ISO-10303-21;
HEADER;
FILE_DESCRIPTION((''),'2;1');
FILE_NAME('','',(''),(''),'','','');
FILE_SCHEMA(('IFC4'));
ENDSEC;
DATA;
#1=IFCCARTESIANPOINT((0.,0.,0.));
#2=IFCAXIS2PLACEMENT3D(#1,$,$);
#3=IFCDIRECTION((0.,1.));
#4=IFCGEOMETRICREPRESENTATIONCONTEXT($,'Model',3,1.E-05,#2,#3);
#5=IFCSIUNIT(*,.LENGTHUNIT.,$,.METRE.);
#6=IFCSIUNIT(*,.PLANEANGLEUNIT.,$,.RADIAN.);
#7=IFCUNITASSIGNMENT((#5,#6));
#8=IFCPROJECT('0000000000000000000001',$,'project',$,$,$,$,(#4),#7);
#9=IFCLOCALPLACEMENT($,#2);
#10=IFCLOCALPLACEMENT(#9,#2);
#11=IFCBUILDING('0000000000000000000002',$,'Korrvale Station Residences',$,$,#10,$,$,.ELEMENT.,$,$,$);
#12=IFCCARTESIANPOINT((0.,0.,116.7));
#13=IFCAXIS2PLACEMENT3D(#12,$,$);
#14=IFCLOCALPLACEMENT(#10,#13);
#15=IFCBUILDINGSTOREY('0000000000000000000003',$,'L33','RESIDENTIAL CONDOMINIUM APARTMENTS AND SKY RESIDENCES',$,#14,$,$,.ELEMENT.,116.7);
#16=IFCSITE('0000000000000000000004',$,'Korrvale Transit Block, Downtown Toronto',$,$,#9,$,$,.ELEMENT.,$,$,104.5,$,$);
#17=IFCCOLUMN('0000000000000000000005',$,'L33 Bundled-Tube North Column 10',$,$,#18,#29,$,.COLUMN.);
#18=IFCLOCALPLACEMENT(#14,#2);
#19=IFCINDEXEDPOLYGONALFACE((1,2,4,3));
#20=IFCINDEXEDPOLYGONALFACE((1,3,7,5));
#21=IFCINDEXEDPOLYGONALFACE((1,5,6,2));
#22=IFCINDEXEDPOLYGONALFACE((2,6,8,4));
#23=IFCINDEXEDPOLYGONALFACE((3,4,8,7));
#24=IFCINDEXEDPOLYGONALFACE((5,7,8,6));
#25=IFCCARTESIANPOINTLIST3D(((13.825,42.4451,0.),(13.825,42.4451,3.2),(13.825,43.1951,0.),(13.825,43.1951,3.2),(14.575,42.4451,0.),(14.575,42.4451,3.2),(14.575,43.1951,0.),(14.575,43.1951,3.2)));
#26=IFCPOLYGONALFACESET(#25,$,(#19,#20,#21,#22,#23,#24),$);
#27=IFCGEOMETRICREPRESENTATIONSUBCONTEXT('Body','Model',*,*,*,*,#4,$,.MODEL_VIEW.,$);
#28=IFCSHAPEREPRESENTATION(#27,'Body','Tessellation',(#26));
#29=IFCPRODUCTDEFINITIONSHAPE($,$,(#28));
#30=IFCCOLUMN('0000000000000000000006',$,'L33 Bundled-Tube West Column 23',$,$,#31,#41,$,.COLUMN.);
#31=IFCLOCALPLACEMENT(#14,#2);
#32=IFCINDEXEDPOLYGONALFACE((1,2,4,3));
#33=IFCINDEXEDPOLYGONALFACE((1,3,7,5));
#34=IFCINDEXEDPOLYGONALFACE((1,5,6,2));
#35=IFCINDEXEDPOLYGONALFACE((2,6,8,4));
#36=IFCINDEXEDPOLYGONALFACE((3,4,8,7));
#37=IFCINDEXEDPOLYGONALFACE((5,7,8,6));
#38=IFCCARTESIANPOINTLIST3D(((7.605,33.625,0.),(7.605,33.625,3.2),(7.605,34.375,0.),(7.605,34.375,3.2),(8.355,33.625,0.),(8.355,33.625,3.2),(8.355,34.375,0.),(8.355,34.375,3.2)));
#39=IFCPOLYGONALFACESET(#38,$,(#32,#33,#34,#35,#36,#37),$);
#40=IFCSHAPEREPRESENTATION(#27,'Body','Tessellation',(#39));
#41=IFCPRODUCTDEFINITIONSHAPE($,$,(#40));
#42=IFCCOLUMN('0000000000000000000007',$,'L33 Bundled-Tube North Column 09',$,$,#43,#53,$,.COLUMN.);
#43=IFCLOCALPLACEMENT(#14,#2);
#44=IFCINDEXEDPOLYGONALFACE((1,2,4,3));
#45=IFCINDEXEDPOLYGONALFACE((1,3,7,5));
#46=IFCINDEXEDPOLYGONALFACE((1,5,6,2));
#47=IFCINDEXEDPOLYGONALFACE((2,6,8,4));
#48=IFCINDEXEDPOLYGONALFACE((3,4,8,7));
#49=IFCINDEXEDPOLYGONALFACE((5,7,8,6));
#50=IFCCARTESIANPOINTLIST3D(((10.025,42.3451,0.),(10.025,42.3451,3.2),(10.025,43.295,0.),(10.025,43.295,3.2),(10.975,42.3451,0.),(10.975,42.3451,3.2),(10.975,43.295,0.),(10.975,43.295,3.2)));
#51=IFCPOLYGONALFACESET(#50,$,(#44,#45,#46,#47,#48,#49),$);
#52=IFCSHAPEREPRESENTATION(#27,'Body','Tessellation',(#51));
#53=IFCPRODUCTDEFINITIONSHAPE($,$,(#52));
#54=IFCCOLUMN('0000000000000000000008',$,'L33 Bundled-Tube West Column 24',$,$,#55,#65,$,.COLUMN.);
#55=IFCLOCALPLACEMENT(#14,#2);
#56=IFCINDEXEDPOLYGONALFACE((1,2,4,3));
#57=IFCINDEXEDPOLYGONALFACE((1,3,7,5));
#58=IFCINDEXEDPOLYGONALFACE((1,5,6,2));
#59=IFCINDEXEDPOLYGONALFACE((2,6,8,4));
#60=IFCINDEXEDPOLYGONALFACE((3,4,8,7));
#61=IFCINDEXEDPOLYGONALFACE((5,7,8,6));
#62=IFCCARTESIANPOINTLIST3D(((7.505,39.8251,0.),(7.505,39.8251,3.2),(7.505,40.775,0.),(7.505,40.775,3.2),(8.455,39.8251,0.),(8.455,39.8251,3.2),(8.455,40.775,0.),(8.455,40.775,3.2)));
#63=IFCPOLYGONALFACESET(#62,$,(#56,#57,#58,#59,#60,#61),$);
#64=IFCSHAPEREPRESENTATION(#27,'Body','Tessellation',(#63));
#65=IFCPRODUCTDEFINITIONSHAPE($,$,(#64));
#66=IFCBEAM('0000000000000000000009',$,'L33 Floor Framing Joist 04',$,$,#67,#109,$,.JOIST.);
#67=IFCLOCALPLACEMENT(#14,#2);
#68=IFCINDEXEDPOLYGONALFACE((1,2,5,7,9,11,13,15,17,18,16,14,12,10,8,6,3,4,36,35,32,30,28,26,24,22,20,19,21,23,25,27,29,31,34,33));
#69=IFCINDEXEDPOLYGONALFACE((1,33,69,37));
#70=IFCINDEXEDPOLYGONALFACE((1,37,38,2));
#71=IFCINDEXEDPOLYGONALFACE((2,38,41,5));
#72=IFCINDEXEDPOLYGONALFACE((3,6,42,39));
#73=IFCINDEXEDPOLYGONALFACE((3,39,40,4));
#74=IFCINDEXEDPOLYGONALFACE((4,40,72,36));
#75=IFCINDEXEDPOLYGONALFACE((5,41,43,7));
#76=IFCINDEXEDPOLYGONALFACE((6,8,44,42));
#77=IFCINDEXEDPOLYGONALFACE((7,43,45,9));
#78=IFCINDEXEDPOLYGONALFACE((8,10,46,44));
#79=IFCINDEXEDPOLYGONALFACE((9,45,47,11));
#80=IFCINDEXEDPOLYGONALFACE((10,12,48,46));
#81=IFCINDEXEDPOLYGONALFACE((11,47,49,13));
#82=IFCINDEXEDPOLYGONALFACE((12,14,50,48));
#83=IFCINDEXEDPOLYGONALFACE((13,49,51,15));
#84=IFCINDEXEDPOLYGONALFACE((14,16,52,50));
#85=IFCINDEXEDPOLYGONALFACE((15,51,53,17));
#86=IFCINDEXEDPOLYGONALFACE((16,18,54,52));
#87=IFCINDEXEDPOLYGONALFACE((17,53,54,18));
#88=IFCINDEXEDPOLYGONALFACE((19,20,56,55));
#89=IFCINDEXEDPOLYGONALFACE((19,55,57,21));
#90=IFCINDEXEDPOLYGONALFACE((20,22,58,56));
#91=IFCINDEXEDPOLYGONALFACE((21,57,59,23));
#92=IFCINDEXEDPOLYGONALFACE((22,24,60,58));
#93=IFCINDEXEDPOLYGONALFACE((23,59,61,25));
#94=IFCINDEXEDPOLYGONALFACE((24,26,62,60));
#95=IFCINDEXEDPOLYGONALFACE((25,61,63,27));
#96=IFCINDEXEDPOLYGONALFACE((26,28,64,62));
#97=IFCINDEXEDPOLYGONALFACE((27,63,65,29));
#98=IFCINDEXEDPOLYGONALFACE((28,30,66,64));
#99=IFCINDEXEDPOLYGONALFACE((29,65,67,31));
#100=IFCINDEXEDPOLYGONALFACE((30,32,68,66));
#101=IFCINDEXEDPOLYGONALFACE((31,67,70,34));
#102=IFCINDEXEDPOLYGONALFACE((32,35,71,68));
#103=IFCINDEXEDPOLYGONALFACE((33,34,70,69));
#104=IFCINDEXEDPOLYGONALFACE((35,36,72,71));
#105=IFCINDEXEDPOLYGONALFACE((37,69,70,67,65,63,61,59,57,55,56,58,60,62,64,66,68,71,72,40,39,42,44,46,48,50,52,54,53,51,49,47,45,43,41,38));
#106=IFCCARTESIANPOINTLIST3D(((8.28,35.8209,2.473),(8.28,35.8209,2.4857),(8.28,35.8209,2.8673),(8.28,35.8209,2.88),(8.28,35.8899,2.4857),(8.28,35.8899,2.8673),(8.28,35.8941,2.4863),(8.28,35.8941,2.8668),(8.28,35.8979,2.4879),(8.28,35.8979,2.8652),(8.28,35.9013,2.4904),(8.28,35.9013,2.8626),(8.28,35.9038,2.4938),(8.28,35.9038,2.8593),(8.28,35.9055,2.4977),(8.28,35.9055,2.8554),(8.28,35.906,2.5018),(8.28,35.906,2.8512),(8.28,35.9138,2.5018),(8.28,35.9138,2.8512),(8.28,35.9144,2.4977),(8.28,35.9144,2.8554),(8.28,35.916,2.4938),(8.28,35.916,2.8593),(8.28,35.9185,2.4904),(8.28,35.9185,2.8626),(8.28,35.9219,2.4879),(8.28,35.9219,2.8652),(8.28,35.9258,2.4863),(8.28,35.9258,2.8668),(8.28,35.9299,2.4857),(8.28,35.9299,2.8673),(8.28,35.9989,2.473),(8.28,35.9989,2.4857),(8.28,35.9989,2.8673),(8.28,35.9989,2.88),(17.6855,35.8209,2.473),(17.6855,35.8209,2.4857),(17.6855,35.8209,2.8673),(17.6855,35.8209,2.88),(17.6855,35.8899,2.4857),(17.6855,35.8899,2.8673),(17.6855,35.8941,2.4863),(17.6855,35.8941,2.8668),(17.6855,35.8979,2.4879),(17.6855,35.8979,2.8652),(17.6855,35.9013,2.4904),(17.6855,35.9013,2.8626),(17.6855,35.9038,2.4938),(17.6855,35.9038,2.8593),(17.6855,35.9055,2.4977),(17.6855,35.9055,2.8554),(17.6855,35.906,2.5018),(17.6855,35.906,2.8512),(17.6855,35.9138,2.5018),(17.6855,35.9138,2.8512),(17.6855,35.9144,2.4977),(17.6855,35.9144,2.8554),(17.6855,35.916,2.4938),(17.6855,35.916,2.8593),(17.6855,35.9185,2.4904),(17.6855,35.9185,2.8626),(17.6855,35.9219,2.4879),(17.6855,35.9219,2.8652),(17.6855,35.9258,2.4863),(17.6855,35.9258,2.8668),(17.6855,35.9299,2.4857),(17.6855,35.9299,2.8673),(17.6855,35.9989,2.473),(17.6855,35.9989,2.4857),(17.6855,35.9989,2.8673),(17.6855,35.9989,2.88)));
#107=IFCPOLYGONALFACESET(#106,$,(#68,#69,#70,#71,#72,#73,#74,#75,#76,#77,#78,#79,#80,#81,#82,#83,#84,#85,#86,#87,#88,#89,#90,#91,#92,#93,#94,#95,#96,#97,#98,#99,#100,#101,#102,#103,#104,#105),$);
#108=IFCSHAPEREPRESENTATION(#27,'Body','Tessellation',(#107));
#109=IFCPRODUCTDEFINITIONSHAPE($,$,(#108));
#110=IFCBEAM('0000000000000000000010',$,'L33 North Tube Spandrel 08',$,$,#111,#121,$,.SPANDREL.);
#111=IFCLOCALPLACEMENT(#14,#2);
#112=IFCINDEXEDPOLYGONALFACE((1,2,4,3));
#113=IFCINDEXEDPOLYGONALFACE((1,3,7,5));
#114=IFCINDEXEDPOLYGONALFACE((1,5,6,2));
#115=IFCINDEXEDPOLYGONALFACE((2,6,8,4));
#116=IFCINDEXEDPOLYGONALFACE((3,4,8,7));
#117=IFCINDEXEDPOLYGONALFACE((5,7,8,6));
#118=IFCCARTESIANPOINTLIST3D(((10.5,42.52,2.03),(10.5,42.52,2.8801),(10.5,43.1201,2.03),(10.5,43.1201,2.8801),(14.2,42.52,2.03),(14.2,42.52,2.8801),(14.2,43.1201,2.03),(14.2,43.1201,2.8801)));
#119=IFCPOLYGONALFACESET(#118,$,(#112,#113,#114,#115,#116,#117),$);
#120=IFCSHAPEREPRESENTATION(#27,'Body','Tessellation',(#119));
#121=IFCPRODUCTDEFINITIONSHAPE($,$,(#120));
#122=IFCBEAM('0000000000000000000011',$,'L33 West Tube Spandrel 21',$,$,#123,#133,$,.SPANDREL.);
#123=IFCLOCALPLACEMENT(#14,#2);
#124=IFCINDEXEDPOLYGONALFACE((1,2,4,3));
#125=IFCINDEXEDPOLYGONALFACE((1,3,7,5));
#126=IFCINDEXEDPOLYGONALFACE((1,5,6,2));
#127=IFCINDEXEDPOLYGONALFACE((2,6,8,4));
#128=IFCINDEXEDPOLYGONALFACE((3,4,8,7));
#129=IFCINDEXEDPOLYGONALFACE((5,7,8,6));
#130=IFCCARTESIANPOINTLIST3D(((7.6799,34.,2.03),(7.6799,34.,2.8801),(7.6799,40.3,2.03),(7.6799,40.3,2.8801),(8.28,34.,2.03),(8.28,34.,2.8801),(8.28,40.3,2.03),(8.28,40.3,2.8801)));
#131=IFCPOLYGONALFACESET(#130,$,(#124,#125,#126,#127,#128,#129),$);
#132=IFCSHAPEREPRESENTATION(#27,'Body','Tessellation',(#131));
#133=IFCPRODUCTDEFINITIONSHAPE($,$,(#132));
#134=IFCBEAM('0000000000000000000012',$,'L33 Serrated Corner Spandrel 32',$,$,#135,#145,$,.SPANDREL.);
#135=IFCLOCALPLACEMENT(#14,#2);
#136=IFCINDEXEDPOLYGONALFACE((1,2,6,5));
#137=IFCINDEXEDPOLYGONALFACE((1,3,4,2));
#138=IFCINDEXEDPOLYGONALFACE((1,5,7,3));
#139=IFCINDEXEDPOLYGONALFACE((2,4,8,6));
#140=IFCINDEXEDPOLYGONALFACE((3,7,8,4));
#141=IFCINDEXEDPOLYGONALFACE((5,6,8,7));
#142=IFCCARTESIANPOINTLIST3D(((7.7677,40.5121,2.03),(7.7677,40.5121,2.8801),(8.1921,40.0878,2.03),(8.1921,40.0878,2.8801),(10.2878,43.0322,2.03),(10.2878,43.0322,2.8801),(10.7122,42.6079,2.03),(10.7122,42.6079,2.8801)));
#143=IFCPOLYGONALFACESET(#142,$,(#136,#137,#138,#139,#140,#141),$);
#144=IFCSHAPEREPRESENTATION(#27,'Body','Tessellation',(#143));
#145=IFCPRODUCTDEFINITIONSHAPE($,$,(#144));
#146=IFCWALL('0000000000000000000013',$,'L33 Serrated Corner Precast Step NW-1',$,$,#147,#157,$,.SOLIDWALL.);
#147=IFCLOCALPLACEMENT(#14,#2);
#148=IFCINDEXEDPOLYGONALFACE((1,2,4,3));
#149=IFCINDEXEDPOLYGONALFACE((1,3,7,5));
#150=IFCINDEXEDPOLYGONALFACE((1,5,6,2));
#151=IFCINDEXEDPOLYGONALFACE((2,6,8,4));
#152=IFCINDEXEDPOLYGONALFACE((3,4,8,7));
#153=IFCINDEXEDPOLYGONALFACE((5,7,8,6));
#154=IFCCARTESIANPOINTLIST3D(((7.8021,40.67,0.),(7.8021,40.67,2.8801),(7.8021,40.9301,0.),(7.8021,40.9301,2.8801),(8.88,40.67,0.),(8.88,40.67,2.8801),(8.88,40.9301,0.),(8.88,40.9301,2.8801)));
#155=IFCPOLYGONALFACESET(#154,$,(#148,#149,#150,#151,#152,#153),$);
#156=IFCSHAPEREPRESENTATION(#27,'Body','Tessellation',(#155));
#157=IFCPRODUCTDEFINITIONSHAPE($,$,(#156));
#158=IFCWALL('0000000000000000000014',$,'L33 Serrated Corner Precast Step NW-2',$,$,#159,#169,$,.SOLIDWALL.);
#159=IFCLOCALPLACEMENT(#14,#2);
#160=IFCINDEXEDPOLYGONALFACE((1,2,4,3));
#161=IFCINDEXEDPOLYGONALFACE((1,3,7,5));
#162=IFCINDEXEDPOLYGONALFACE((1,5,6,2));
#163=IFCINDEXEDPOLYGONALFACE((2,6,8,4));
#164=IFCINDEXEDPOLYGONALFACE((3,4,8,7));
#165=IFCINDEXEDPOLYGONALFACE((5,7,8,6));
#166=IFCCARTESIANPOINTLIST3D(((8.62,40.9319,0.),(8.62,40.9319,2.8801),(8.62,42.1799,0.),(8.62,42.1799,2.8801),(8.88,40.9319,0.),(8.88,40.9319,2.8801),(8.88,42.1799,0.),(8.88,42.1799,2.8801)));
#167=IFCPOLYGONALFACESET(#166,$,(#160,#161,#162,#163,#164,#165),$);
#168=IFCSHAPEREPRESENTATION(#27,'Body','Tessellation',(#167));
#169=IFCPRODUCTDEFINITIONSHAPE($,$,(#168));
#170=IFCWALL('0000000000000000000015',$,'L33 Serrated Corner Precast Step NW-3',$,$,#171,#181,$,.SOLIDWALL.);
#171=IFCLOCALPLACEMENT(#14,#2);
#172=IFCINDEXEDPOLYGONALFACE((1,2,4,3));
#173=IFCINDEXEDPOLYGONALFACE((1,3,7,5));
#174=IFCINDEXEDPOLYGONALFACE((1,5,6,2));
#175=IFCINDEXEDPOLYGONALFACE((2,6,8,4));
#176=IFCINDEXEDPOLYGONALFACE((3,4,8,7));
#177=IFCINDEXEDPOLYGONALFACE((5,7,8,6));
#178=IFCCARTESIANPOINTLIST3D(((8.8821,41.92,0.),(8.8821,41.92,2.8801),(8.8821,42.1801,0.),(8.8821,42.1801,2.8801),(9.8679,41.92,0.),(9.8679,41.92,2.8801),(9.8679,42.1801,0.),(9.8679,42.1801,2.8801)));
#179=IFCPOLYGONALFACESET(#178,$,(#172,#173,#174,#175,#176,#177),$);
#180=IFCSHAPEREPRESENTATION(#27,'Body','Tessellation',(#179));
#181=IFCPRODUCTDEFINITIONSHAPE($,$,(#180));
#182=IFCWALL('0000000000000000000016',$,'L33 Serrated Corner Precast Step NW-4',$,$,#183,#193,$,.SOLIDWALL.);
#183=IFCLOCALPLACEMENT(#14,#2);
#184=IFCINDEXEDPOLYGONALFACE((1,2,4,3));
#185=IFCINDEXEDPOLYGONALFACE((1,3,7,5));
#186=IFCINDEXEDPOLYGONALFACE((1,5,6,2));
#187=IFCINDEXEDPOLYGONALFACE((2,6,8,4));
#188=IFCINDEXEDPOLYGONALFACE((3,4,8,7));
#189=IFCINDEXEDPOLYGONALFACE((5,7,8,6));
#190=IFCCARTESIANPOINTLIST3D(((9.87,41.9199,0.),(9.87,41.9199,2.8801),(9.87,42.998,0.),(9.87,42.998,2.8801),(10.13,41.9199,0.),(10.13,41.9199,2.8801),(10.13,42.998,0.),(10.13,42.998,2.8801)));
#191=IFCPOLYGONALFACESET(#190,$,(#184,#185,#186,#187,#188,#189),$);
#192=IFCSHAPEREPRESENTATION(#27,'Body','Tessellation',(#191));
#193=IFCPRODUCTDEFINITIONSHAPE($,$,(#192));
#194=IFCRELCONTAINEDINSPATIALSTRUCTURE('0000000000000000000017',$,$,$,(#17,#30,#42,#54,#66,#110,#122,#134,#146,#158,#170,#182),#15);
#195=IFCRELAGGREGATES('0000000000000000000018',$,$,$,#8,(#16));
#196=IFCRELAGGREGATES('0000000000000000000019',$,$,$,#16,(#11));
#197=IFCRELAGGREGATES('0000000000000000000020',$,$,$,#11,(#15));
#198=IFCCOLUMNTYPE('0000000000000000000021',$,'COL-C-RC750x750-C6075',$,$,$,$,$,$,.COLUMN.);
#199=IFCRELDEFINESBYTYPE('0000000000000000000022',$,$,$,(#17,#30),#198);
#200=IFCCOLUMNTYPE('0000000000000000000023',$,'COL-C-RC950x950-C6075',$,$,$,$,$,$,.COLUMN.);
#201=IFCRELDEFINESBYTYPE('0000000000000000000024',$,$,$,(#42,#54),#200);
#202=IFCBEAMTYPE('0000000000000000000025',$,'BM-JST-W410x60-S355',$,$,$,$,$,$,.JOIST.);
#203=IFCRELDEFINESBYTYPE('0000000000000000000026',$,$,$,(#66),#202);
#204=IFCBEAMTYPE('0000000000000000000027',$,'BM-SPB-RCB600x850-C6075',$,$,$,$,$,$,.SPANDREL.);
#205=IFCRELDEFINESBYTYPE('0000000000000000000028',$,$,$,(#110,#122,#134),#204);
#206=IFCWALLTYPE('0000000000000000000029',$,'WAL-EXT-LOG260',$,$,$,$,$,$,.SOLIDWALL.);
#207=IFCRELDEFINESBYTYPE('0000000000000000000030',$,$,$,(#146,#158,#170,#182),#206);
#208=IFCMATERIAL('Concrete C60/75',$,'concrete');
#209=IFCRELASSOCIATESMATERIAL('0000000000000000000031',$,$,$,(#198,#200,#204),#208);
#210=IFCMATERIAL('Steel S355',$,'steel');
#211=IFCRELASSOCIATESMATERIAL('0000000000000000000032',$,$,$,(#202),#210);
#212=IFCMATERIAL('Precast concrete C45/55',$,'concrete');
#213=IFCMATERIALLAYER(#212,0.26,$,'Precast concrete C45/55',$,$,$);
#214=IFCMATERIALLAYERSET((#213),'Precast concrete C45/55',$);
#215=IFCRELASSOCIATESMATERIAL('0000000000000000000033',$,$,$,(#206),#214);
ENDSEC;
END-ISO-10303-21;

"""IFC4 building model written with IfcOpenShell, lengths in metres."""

from ifc_helpers import new_model, si_unit, direction, frame, frame_2d, origin, origin_2d, place, context, subcontext, project, spatial, rectangle, i_section, extrude, material, layer, layer_set, material_profile, profile_set, type_object, element, save


model = new_model("IFC4")

# Units and contexts
model_context = context("Model", 3, precision=1e-05, world=origin(), true_north=direction((0.0, 1.0)))
body_context = subcontext(model_context, "Body", "Model", "MODEL_VIEW")
ifc_project = project(units=[si_unit("LENGTHUNIT", "METRE"), si_unit("PLANEANGLEUNIT", "RADIAN")], contexts=[model_context])

# Site, building, storey
site_placement = place(None, origin())
site = spatial("IfcSite", under=ifc_project, at=site_placement, Name="Korrvale Transit Block, Downtown Toronto", CompositionType="ELEMENT", RefElevation=104.5)
building_placement = place(site_placement, origin())
building = spatial("IfcBuilding", under=site, at=building_placement, Name="Korrvale Station Residences", CompositionType="ELEMENT")
storey_placement = place(building_placement, frame((0.0, 0.0, 116.7)))
storey = spatial("IfcBuildingStorey", under=building, at=storey_placement, Name="L33", Description="RESIDENTIAL CONDOMINIUM APARTMENTS AND SKY RESIDENCES", CompositionType="ELEMENT", Elevation=116.7)

# Columns
ifc_material_1 = material(Name="Concrete C60/75", Category="concrete")
ifc_material_profile_1 = material_profile(ifc_material_1, rectangle(XDim=0.75, YDim=0.75, at=origin_2d()), Name="RC750x750")
ifc_profile_set_1 = profile_set([ifc_material_profile_1], Name="Concrete C60/75")
column_type_1 = type_object("IfcColumnType", Name="COL-C-RC750x750-C6075", PredefinedType="COLUMN", material=ifc_profile_set_1)
for number, where, z_axis, x_axis, name in (
    (1, (14.2, 42.8201, 0.0), (0.0, 0.0, 1.0), (1.0, 0.0, 0.0), "L33 Bundled-Tube North Column 10"),
    (2, (7.98, 34.0, 0.0), (0.0, 0.0, 1.0), (1.0, 0.0, 0.0), "L33 Bundled-Tube West Column 23"),
):
    element("IfcColumn", number, at=place(storey_placement, frame(where, z_axis=z_axis, x_axis=x_axis)), inside=storey, type_object=column_type_1, Name=name, PredefinedType="COLUMN", context=body_context, shape_type="SweptSolid", body=[
        extrude(rectangle(XDim=0.75, YDim=0.75, at=origin_2d()), origin(), (0.0, 0.0, 1.0), 3.2),
    ])
ifc_material_profile_2 = material_profile(ifc_material_1, rectangle(XDim=0.95, YDim=0.95, at=origin_2d()), Name="RC950x950")
ifc_profile_set_2 = profile_set([ifc_material_profile_2], Name="Concrete C60/75")
column_type_2 = type_object("IfcColumnType", Name="COL-C-RC950x950-C6075", PredefinedType="COLUMN", material=ifc_profile_set_2)
for number, where, z_axis, x_axis, name in (
    (3, (10.5, 42.8201, 0.0), (0.0, 0.0, 1.0), (1.0, 0.0, 0.0), "L33 Bundled-Tube North Column 09"),
    (4, (7.98, 40.3, 0.0), (0.0, 0.0, 1.0), (1.0, 0.0, 0.0), "L33 Bundled-Tube West Column 24"),
):
    element("IfcColumn", number, at=place(storey_placement, frame(where, z_axis=z_axis, x_axis=x_axis)), inside=storey, type_object=column_type_2, Name=name, PredefinedType="COLUMN", context=body_context, shape_type="SweptSolid", body=[
        extrude(rectangle(XDim=0.95, YDim=0.95, at=origin_2d()), origin(), (0.0, 0.0, 1.0), 3.2),
    ])

# Beams
ifc_material_2 = material(Name="Steel S355", Category="steel")
ifc_material_profile_3 = material_profile(ifc_material_2, i_section(OverallWidth=0.178, OverallDepth=0.407, WebThickness=0.0078, FlangeThickness=0.0127, FilletRadius=0.0161, at=origin_2d()), Name="W410x60")
ifc_profile_set_3 = profile_set([ifc_material_profile_3], Name="Steel S355")
beam_type_1 = type_object("IfcBeamType", Name="BM-JST-W410x60-S355", PredefinedType="JOIST", material=ifc_profile_set_3)
beam_1_placement = place(storey_placement, frame((8.28, 35.9099, 2.6765), z_axis=(1.0, 0.0, 0.0), x_axis=(0.0, 1.0, 0.0)))
element("IfcBeam", 5, at=beam_1_placement, inside=storey, type_object=beam_type_1, Name="L33 Floor Framing Joist 04", PredefinedType="JOIST", context=body_context, shape_type="SweptSolid", body=[
    extrude(i_section(OverallWidth=0.178, OverallDepth=0.407, WebThickness=0.0078, FlangeThickness=0.0127, FilletRadius=0.0161, at=origin_2d()), origin(), (0.0, 0.0, 1.0), 9.4055),
])
ifc_material_profile_4 = material_profile(ifc_material_1, rectangle(XDim=0.6001, YDim=0.8501, at=origin_2d()), Name="RCB600x850")
ifc_profile_set_4 = profile_set([ifc_material_profile_4], Name="Concrete C60/75")
beam_type_2 = type_object("IfcBeamType", Name="BM-SPB-RCB600x850-C6075", PredefinedType="SPANDREL", material=ifc_profile_set_4)
beam_2_placement = place(storey_placement, frame((10.5, 42.8201, 2.4551), z_axis=(1.0, 0.0, 0.0), x_axis=(0.0, 1.0, 0.0)))
element("IfcBeam", 6, at=beam_2_placement, inside=storey, type_object=beam_type_2, Name="L33 North Tube Spandrel 08", PredefinedType="SPANDREL", context=body_context, shape_type="SweptSolid", body=[
    extrude(rectangle(XDim=0.6001, YDim=0.8501, at=origin_2d()), origin(), (0.0, 0.0, 1.0), 3.7),
])
beam_3_placement = place(storey_placement, frame((7.98, 34.0, 2.4551), z_axis=(0.0, 1.0, 0.0), x_axis=(-1.0, 0.0, 0.0)))
element("IfcBeam", 7, at=beam_3_placement, inside=storey, type_object=beam_type_2, Name="L33 West Tube Spandrel 21", PredefinedType="SPANDREL", context=body_context, shape_type="SweptSolid", body=[
    extrude(rectangle(XDim=0.6001, YDim=0.8501, at=origin_2d()), origin(), (0.0, 0.0, 1.0), 6.3),
])
beam_4_placement = place(storey_placement, frame((10.5, 42.8201, 2.4551), z_axis=(-0.707107, -0.707107, 0.0), x_axis=(0.707107, -0.707107, 0.0)))
element("IfcBeam", 8, at=beam_4_placement, inside=storey, type_object=beam_type_2, Name="L33 Serrated Corner Spandrel 32", PredefinedType="SPANDREL", context=body_context, shape_type="SweptSolid", body=[
    extrude(rectangle(XDim=0.6001, YDim=0.8501, at=origin_2d()), origin(), (0.0, 0.0, 1.0), 3.564),
])

# Walls
ifc_material_3 = material(Name="Precast concrete C45/55", Category="concrete")
ifc_layer_1 = layer(ifc_material_3, 0.26, Name="Precast concrete C45/55")
ifc_layer_set_1 = layer_set([ifc_layer_1], Name="Precast concrete C45/55")
wall_type_1 = type_object("IfcWallType", Name="WAL-EXT-LOG260", PredefinedType="SOLIDWALL", material=ifc_layer_set_1)
wall_1_placement = place(storey_placement, frame((7.802, 40.8, 0.0), z_axis=(0.0, 0.0, 1.0), x_axis=(1.0, 0.0, 0.0)))
element("IfcWall", 9, at=wall_1_placement, inside=storey, type_object=wall_type_1, Name="L33 Serrated Corner Precast Step NW-1", PredefinedType="SOLIDWALL", context=body_context, shape_type="SweptSolid", body=[
    extrude(rectangle(XDim=1.0779, YDim=0.26, at=frame_2d((0.5391, 0.0))), origin(), (0.0, 0.0, 1.0), 2.8801),
])
wall_2_placement = place(storey_placement, frame((8.75, 40.9319, 0.0), z_axis=(0.0, 0.0, 1.0), x_axis=(0.0, 1.0, 0.0)))
element("IfcWall", 10, at=wall_2_placement, inside=storey, type_object=wall_type_1, Name="L33 Serrated Corner Precast Step NW-2", PredefinedType="SOLIDWALL", context=body_context, shape_type="SweptSolid", body=[
    extrude(rectangle(XDim=1.248, YDim=0.26, at=frame_2d((0.624, 0.0))), origin(), (0.0, 0.0, 1.0), 2.8801),
])
wall_3_placement = place(storey_placement, frame((8.8821, 42.05, 0.0), z_axis=(0.0, 0.0, 1.0), x_axis=(1.0, 0.0, 0.0)))
element("IfcWall", 11, at=wall_3_placement, inside=storey, type_object=wall_type_1, Name="L33 Serrated Corner Precast Step NW-3", PredefinedType="SOLIDWALL", context=body_context, shape_type="SweptSolid", body=[
    extrude(rectangle(XDim=0.9858, YDim=0.26, at=frame_2d((0.4929, 0.0))), origin(), (0.0, 0.0, 1.0), 2.8801),
])
wall_4_placement = place(storey_placement, frame((10.0, 41.9199, 0.0), z_axis=(0.0, 0.0, 1.0), x_axis=(0.0, 1.0, 0.0)))
element("IfcWall", 12, at=wall_4_placement, inside=storey, type_object=wall_type_1, Name="L33 Serrated Corner Precast Step NW-4", PredefinedType="SOLIDWALL", context=body_context, shape_type="SweptSolid", body=[
    extrude(rectangle(XDim=1.0781, YDim=0.26, at=frame_2d((0.5391, 0.0))), origin(), (0.0, 0.0, 1.0), 2.8801),
])

save(model, "model.ifc")
